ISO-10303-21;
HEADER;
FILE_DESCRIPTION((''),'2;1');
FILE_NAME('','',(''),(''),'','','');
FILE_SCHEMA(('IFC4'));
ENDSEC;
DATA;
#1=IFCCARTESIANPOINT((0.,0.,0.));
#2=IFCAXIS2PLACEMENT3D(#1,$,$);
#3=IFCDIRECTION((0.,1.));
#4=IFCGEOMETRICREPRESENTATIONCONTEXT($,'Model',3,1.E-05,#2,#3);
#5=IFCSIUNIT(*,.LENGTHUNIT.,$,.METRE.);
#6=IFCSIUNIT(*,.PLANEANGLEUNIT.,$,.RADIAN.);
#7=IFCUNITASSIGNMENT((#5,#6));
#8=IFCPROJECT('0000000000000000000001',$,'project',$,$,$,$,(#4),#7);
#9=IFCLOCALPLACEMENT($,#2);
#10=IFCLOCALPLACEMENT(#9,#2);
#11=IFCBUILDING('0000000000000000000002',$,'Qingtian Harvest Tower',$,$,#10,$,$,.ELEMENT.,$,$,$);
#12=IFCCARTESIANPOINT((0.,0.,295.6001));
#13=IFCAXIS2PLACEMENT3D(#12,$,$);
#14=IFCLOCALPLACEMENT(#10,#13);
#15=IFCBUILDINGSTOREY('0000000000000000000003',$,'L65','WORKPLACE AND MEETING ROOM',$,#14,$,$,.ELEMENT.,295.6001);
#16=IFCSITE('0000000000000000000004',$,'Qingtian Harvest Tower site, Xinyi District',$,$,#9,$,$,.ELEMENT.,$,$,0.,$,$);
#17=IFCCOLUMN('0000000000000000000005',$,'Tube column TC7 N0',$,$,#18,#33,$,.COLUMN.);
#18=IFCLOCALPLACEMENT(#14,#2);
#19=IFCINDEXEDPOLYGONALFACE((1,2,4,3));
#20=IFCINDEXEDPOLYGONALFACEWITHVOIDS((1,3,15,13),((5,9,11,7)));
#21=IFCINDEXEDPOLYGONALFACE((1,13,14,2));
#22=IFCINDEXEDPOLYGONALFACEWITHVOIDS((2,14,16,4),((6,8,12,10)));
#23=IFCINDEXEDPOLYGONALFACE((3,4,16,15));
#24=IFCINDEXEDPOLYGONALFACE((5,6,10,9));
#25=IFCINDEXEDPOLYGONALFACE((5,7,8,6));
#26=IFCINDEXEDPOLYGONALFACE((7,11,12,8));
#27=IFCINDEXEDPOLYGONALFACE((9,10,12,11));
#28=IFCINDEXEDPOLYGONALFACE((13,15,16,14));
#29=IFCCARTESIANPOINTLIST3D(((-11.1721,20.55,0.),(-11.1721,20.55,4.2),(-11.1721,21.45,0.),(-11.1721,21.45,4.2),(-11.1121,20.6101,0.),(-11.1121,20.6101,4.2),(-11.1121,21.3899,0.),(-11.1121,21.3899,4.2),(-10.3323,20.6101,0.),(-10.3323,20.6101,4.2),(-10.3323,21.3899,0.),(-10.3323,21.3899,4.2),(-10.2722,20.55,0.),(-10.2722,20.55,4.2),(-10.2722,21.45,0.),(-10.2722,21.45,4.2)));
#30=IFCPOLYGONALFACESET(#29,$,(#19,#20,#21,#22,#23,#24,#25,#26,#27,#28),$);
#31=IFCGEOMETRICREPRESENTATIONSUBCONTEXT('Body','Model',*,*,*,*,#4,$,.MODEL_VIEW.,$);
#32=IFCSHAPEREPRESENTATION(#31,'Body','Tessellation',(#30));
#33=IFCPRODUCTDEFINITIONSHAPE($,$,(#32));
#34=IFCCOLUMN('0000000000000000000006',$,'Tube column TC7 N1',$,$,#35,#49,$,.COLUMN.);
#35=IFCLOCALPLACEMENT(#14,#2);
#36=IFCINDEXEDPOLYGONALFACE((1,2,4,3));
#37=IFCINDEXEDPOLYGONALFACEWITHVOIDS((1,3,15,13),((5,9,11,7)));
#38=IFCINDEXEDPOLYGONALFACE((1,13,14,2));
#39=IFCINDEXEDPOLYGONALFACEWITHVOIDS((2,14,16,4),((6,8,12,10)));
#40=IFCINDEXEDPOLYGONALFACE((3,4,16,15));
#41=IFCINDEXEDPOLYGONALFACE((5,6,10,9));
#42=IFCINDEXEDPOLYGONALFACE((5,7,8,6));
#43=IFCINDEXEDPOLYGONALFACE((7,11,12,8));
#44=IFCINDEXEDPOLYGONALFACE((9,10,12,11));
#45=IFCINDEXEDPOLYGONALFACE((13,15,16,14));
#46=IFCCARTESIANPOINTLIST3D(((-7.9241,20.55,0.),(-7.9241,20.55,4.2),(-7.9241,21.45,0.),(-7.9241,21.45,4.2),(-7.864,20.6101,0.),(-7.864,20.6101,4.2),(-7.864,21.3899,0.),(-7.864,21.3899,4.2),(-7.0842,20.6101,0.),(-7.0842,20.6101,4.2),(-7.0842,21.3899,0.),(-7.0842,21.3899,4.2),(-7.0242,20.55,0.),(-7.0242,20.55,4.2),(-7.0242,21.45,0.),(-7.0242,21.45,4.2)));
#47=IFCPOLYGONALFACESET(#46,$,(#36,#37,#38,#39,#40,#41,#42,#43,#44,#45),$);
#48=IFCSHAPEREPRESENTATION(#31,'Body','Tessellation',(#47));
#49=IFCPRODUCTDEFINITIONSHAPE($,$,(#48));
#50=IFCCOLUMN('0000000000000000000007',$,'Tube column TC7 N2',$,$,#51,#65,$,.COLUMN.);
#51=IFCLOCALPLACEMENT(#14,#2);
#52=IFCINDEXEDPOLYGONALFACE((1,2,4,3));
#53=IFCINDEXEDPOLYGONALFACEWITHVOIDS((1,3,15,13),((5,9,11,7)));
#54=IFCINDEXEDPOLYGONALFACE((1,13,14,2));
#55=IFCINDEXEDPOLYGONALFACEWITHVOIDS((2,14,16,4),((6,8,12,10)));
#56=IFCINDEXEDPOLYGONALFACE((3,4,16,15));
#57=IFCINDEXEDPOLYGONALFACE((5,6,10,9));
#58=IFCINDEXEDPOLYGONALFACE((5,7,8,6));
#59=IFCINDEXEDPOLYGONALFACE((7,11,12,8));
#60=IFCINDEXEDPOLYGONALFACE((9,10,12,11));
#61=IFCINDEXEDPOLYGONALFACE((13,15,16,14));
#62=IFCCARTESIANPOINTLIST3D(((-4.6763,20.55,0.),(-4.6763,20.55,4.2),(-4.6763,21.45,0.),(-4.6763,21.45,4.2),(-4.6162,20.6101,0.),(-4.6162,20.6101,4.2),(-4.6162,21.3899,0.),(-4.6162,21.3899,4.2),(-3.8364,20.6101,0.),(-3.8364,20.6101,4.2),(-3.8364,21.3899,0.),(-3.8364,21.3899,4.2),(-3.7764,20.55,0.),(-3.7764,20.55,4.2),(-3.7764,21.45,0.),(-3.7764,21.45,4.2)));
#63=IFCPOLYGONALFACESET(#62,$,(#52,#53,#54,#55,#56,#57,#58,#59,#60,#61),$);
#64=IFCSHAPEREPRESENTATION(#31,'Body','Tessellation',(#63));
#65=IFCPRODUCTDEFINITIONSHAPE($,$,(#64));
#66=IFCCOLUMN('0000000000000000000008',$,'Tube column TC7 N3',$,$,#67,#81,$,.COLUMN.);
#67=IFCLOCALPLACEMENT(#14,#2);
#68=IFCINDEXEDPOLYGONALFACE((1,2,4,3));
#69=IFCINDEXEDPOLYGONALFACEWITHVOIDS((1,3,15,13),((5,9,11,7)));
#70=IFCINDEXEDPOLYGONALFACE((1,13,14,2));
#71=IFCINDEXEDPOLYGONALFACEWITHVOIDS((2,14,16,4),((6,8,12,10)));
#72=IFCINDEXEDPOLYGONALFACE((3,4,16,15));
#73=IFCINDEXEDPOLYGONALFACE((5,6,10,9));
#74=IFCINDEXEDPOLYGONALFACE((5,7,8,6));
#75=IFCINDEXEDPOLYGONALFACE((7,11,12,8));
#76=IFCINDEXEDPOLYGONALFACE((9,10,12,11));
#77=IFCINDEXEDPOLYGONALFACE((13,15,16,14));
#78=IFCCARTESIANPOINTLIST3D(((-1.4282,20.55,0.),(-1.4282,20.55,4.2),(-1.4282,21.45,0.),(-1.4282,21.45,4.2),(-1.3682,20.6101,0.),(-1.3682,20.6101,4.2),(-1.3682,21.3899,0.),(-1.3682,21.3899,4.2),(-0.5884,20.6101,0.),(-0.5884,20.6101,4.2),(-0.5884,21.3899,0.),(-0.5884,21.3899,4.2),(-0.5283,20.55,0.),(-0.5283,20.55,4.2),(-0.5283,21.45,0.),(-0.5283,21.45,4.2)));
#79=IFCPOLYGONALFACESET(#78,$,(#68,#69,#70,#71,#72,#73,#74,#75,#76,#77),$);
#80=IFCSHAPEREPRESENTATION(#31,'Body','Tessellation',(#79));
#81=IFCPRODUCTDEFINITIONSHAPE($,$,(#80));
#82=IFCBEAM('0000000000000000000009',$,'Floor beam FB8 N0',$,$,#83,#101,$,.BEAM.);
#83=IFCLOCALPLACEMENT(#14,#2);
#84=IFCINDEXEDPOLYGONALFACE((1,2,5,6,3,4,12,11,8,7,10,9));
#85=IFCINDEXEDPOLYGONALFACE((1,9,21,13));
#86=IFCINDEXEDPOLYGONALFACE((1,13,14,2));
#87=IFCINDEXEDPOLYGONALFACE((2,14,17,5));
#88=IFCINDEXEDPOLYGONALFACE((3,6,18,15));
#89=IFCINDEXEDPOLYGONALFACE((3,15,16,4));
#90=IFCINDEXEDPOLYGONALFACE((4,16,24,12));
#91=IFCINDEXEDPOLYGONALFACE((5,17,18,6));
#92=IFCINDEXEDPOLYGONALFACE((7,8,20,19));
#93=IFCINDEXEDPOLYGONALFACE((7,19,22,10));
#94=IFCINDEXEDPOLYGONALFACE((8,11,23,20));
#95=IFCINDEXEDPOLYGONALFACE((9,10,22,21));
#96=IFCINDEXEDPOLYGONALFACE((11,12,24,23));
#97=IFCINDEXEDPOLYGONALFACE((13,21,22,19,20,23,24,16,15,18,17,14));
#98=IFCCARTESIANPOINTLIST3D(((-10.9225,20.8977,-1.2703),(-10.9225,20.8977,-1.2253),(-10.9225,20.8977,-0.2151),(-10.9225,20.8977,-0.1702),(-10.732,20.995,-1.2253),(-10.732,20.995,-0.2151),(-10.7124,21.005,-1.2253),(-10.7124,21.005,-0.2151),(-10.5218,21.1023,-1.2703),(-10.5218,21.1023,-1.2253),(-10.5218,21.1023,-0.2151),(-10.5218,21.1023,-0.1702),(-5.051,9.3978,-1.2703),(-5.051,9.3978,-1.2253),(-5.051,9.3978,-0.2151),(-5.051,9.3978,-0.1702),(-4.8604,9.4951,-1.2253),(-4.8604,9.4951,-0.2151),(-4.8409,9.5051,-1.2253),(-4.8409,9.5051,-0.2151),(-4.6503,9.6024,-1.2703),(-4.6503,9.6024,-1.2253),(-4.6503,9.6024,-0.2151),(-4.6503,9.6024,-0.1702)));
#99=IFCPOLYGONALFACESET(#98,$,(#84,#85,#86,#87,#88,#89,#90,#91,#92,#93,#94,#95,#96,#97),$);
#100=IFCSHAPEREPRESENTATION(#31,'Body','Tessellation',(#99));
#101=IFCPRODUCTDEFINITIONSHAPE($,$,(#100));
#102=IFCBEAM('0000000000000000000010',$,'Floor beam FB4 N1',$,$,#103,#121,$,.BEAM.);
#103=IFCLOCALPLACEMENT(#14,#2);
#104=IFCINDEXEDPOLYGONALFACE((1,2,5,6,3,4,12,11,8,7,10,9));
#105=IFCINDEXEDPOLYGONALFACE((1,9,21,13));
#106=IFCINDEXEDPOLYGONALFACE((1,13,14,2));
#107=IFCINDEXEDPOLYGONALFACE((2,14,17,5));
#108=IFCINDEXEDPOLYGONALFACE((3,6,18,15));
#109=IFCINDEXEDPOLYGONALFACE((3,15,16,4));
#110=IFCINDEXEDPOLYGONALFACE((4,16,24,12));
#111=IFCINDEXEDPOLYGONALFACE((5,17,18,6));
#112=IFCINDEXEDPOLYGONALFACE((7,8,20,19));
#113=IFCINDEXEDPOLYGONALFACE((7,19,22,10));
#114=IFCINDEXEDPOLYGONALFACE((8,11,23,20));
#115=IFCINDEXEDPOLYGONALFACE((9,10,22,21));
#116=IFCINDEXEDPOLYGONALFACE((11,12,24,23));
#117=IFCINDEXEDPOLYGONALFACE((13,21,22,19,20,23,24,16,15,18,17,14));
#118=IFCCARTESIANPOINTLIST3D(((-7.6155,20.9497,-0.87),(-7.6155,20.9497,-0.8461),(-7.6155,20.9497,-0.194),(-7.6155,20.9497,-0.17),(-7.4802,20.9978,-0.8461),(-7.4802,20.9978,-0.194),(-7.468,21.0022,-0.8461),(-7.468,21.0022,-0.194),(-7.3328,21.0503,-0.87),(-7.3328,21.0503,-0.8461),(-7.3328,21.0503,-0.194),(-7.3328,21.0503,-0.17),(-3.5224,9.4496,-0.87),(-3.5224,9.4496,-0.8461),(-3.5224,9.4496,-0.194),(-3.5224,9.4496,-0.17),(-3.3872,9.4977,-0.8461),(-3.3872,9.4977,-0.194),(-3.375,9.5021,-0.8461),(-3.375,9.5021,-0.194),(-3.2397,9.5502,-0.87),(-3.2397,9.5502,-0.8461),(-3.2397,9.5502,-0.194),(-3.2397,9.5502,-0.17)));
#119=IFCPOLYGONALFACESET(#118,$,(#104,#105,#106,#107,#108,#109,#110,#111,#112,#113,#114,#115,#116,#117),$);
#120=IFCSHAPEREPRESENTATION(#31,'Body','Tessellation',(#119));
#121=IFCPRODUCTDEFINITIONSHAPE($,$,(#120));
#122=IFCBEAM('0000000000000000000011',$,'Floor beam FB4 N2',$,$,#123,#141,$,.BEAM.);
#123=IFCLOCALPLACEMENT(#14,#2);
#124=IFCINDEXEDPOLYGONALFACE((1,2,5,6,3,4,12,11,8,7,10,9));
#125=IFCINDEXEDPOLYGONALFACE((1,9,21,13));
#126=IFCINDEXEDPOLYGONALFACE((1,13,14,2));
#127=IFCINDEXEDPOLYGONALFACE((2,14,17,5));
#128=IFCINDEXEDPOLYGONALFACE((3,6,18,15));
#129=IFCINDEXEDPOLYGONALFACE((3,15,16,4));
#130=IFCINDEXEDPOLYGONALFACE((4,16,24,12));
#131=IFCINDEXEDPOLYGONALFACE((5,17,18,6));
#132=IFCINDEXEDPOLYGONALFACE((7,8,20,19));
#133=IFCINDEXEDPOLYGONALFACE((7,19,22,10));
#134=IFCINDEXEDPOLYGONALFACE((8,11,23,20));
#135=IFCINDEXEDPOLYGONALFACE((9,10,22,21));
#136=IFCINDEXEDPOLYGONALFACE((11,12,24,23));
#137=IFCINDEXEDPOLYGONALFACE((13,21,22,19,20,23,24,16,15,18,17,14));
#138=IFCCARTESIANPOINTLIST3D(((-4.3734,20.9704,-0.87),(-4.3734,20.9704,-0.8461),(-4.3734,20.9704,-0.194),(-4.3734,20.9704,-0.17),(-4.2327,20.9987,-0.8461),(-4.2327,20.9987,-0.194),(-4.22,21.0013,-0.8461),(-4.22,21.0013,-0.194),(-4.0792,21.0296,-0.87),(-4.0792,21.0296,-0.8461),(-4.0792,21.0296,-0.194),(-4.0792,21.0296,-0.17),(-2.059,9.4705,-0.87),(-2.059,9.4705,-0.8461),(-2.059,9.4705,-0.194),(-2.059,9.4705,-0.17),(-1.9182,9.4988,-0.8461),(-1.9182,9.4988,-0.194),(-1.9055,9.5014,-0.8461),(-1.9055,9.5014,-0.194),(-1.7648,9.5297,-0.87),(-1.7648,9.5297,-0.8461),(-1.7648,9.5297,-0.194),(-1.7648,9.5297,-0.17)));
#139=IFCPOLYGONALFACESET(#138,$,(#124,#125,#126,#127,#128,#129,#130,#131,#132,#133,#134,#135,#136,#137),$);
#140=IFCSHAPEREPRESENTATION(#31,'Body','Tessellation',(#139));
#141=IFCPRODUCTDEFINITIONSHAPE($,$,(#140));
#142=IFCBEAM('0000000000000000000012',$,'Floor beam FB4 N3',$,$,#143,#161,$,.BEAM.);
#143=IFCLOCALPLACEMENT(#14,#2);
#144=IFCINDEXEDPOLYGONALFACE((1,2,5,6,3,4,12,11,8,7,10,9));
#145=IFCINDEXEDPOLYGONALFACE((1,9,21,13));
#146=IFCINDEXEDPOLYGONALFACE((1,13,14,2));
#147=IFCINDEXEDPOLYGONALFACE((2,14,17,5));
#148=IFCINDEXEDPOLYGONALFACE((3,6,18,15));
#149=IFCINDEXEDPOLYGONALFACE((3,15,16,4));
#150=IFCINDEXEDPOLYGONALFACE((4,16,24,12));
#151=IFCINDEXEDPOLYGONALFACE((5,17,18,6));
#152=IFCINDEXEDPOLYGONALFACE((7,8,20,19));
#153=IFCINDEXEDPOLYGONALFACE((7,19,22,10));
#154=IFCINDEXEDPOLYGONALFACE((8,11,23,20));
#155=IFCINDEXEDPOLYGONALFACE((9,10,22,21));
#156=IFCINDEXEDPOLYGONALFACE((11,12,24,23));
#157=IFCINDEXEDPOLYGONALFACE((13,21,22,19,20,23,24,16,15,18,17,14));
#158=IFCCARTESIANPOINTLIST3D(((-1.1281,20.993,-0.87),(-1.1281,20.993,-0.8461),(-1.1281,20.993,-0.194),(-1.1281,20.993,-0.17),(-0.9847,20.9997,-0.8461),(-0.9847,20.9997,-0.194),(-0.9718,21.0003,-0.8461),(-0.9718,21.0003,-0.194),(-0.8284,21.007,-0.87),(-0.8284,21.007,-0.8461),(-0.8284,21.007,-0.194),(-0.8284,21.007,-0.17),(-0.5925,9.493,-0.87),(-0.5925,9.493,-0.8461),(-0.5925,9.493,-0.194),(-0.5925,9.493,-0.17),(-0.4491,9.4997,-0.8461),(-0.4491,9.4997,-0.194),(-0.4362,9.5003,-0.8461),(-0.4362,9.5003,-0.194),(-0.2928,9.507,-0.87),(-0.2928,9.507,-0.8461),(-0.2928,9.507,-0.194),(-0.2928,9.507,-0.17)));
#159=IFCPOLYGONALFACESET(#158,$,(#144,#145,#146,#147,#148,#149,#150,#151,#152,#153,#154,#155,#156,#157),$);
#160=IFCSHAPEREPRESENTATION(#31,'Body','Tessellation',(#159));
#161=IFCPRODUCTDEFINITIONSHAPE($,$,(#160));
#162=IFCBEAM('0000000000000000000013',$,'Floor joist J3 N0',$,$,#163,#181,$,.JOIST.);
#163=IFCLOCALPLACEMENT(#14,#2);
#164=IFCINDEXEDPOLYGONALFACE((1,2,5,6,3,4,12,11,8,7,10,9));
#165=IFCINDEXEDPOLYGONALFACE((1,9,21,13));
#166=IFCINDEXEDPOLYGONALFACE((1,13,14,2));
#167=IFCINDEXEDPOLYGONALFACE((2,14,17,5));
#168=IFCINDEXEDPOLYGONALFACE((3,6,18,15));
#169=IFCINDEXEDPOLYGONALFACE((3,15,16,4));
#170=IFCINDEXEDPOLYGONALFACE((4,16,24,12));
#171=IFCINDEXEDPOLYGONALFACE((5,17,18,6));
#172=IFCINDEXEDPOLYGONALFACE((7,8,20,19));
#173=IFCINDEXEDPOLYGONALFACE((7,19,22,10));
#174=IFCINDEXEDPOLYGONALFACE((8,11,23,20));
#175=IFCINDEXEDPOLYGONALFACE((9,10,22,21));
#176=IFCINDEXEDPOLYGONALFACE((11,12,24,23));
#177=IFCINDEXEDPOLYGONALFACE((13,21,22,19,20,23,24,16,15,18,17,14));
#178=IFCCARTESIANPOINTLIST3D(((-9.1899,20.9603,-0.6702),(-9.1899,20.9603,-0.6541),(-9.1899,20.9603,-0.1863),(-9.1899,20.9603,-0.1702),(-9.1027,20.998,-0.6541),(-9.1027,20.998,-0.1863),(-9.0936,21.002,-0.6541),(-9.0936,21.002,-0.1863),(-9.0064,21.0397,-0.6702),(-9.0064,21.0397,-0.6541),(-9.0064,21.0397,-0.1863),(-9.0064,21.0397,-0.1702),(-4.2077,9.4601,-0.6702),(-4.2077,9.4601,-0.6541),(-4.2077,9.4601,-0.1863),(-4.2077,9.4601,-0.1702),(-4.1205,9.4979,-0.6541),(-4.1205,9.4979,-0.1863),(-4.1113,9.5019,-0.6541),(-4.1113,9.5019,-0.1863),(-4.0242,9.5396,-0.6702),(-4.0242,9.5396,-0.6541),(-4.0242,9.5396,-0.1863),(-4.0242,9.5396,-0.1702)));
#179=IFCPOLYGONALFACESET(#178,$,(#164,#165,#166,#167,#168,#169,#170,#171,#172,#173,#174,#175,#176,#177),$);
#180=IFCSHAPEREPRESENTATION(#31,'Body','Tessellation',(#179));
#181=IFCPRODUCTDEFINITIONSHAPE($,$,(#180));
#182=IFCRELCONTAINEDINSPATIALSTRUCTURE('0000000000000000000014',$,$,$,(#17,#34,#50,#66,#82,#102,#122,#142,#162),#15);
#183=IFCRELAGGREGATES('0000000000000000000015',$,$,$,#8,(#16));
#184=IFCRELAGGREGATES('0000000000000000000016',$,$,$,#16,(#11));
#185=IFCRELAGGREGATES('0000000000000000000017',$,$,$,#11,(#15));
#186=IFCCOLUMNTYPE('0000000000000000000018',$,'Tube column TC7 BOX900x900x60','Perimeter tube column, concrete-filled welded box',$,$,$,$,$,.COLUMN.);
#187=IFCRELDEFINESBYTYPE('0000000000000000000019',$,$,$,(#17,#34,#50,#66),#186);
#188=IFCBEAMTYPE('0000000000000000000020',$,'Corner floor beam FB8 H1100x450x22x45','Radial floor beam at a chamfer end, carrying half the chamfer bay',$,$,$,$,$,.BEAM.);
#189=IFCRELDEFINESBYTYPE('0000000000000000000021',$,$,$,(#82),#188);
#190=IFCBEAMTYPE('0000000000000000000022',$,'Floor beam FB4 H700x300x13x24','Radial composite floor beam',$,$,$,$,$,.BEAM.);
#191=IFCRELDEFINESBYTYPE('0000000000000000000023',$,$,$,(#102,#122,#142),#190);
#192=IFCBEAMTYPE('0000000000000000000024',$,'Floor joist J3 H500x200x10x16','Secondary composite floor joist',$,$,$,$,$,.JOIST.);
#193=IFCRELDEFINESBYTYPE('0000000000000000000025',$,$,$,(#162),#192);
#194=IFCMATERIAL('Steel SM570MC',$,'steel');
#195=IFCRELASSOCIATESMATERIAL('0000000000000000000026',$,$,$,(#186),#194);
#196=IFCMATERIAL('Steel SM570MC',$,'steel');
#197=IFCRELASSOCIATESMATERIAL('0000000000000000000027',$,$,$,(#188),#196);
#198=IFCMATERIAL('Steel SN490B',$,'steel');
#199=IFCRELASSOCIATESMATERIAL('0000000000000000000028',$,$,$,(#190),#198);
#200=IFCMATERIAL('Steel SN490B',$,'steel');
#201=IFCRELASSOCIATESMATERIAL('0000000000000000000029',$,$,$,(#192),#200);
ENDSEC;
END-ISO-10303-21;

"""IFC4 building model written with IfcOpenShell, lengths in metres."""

from ifc_helpers import new_model, si_unit, direction, frame, origin, origin_2d, place, context, subcontext, project, spatial, hollow_rectangle, i_section, extrude, material, material_profile, profile_set, type_object, element, save


model = new_model("IFC4")

# Units and contexts
model_context = context("Model", 3, precision=1e-05, world=origin(), true_north=direction((0.0, 1.0)))
body_context = subcontext(model_context, "Body", "Model", "MODEL_VIEW")
ifc_project = project(units=[si_unit("LENGTHUNIT", "METRE"), si_unit("PLANEANGLEUNIT", "RADIAN")], contexts=[model_context])

# Site, building, storey
site_placement = place(None, origin())
site = spatial("IfcSite", under=ifc_project, at=site_placement, Name="Qingtian Harvest Tower site, Xinyi District", CompositionType="ELEMENT", RefElevation=0.0)
building_placement = place(site_placement, origin())
building = spatial("IfcBuilding", under=site, at=building_placement, Name="Qingtian Harvest Tower", CompositionType="ELEMENT")
storey_placement = place(building_placement, frame((0.0, 0.0, 295.6001)))
storey = spatial("IfcBuildingStorey", under=building, at=storey_placement, Name="L65", Description="WORKPLACE AND MEETING ROOM", CompositionType="ELEMENT", Elevation=295.6001)

# Columns
ifc_material_1 = material(Name="Steel SM570MC", Category="steel")
ifc_material_profile_1 = material_profile(ifc_material_1, hollow_rectangle(XDim=0.8999, YDim=0.8999, WallThickness=0.0601, at=origin_2d()), Name="BOX900x900x60")
ifc_profile_set_1 = profile_set([ifc_material_profile_1], Name="Steel SM570MC")
column_type = type_object("IfcColumnType", Name="Tube column TC7 BOX900x900x60", Description="Perimeter tube column, concrete-filled welded box", PredefinedType="COLUMN", material=ifc_profile_set_1)
for number, where, z_axis, x_axis, name in (
    (1, (-10.7222, 21.0, 0.0), (0.0, 0.0, 1.0), (-1.0, 0.0, 0.0), "Tube column TC7 N0"),
    (2, (-7.4741, 21.0, 0.0), (0.0, 0.0, 1.0), (-1.0, 0.0, 0.0), "Tube column TC7 N1"),
    (3, (-4.2263, 21.0, 0.0), (0.0, 0.0, 1.0), (-1.0, 0.0, 0.0), "Tube column TC7 N2"),
    (4, (-0.9783, 21.0, 0.0), (0.0, 0.0, 1.0), (-1.0, 0.0, 0.0), "Tube column TC7 N3"),
):
    element("IfcColumn", number, at=place(storey_placement, frame(where, z_axis=z_axis, x_axis=x_axis)), inside=storey, type_object=column_type, Name=name, PredefinedType="COLUMN", context=body_context, shape_type="SweptSolid", body=[
        extrude(hollow_rectangle(XDim=0.8999, YDim=0.8999, WallThickness=0.0601, at=origin_2d()), origin(), (0.0, 0.0, 1.0), 4.2),
    ])

# Beams
ifc_material_2 = material(Name="Steel SM570MC", Category="steel")
ifc_material_profile_2 = material_profile(ifc_material_2, i_section(OverallWidth=0.45, OverallDepth=1.1001, WebThickness=0.022, FlangeThickness=0.0449, at=origin_2d()), Name="H1100x450x22x45")
ifc_profile_set_2 = profile_set([ifc_material_profile_2], Name="Steel SM570MC")
beam_type_1 = type_object("IfcBeamType", Name="Corner floor beam FB8 H1100x450x22x45", Description="Radial floor beam at a chamfer end, carrying half the chamfer bay", PredefinedType="BEAM", material=ifc_profile_set_2)
beam_1_placement = place(storey_placement, frame((-10.7222, 21.0, -0.7202), z_axis=(0.454731, -0.890629, 0.0), x_axis=(0.890629, 0.454731, 0.0)))
element("IfcBeam", 5, at=beam_1_placement, inside=storey, type_object=beam_type_1, Name="Floor beam FB8 N0", PredefinedType="BEAM", context=body_context, shape_type="SweptSolid", body=[
    extrude(i_section(OverallWidth=0.45, OverallDepth=1.1001, WebThickness=0.022, FlangeThickness=0.0449, at=origin_2d()), origin(), (0.0, 0.0, 1.0), 12.9121),
])
ifc_material_3 = material(Name="Steel SN490B", Category="steel")
ifc_material_profile_3 = material_profile(ifc_material_3, i_section(OverallWidth=0.3, OverallDepth=0.7, WebThickness=0.0129, FlangeThickness=0.0239, at=origin_2d()), Name="H700x300x13x24")
ifc_profile_set_3 = profile_set([ifc_material_profile_3], Name="Steel SN490B")
beam_type_2 = type_object("IfcBeamType", Name="Floor beam FB4 H700x300x13x24", Description="Radial composite floor beam", PredefinedType="BEAM", material=ifc_profile_set_3)
beam_2_placement = place(storey_placement, frame((-7.4741, 21.0, -0.52), z_axis=(0.33531, -0.942108, 0.0), x_axis=(0.942108, 0.33531, 0.0)))
element("IfcBeam", 6, at=beam_2_placement, inside=storey, type_object=beam_type_2, Name="Floor beam FB4 N1", PredefinedType="BEAM", context=body_context, shape_type="SweptSolid", body=[
    extrude(i_section(OverallWidth=0.3, OverallDepth=0.7, WebThickness=0.0129, FlangeThickness=0.0239, at=origin_2d()), origin(), (0.0, 0.0, 1.0), 12.2068),
])
beam_3_placement = place(storey_placement, frame((-4.2263, 21.0, -0.52), z_axis=(0.197301, -0.980343, 0.0), x_axis=(0.980343, 0.197301, 0.0)))
element("IfcBeam", 7, at=beam_3_placement, inside=storey, type_object=beam_type_2, Name="Floor beam FB4 N2", PredefinedType="BEAM", context=body_context, shape_type="SweptSolid", body=[
    extrude(i_section(OverallWidth=0.3, OverallDepth=0.7, WebThickness=0.0129, FlangeThickness=0.0239, at=origin_2d()), origin(), (0.0, 0.0, 1.0), 11.7305),
])
beam_4_placement = place(storey_placement, frame((-0.9783, 21.0, -0.52), z_axis=(0.046527, -0.998917, 0.0), x_axis=(0.998917, 0.046527, 0.0)))
element("IfcBeam", 8, at=beam_4_placement, inside=storey, type_object=beam_type_2, Name="Floor beam FB4 N3", PredefinedType="BEAM", context=body_context, shape_type="SweptSolid", body=[
    extrude(i_section(OverallWidth=0.3, OverallDepth=0.7, WebThickness=0.0129, FlangeThickness=0.0239, at=origin_2d()), origin(), (0.0, 0.0, 1.0), 11.5125),
])
ifc_material_4 = material(Name="Steel SN490B", Category="steel")
ifc_material_profile_4 = material_profile(ifc_material_4, i_section(OverallWidth=0.2, OverallDepth=0.5, WebThickness=0.01, FlangeThickness=0.0161, at=origin_2d()), Name="H500x200x10x16")
ifc_profile_set_4 = profile_set([ifc_material_profile_4], Name="Steel SN490B")
beam_type_3 = type_object("IfcBeamType", Name="Floor joist J3 H500x200x10x16", Description="Secondary composite floor joist", PredefinedType="JOIST", material=ifc_profile_set_4)
beam_5_placement = place(storey_placement, frame((-9.0981, 21.0, -0.4202), z_axis=(0.39753, -0.917589, 0.0), x_axis=(0.917589, 0.39753, 0.0)))
element("IfcBeam", 9, at=beam_5_placement, inside=storey, type_object=beam_type_3, Name="Floor joist J3 N0", PredefinedType="JOIST", context=body_context, shape_type="SweptSolid", body=[
    extrude(i_section(OverallWidth=0.2, OverallDepth=0.5, WebThickness=0.01, FlangeThickness=0.0161, at=origin_2d()), origin(), (0.0, 0.0, 1.0), 12.533),
])

save(model, "model.ifc")
